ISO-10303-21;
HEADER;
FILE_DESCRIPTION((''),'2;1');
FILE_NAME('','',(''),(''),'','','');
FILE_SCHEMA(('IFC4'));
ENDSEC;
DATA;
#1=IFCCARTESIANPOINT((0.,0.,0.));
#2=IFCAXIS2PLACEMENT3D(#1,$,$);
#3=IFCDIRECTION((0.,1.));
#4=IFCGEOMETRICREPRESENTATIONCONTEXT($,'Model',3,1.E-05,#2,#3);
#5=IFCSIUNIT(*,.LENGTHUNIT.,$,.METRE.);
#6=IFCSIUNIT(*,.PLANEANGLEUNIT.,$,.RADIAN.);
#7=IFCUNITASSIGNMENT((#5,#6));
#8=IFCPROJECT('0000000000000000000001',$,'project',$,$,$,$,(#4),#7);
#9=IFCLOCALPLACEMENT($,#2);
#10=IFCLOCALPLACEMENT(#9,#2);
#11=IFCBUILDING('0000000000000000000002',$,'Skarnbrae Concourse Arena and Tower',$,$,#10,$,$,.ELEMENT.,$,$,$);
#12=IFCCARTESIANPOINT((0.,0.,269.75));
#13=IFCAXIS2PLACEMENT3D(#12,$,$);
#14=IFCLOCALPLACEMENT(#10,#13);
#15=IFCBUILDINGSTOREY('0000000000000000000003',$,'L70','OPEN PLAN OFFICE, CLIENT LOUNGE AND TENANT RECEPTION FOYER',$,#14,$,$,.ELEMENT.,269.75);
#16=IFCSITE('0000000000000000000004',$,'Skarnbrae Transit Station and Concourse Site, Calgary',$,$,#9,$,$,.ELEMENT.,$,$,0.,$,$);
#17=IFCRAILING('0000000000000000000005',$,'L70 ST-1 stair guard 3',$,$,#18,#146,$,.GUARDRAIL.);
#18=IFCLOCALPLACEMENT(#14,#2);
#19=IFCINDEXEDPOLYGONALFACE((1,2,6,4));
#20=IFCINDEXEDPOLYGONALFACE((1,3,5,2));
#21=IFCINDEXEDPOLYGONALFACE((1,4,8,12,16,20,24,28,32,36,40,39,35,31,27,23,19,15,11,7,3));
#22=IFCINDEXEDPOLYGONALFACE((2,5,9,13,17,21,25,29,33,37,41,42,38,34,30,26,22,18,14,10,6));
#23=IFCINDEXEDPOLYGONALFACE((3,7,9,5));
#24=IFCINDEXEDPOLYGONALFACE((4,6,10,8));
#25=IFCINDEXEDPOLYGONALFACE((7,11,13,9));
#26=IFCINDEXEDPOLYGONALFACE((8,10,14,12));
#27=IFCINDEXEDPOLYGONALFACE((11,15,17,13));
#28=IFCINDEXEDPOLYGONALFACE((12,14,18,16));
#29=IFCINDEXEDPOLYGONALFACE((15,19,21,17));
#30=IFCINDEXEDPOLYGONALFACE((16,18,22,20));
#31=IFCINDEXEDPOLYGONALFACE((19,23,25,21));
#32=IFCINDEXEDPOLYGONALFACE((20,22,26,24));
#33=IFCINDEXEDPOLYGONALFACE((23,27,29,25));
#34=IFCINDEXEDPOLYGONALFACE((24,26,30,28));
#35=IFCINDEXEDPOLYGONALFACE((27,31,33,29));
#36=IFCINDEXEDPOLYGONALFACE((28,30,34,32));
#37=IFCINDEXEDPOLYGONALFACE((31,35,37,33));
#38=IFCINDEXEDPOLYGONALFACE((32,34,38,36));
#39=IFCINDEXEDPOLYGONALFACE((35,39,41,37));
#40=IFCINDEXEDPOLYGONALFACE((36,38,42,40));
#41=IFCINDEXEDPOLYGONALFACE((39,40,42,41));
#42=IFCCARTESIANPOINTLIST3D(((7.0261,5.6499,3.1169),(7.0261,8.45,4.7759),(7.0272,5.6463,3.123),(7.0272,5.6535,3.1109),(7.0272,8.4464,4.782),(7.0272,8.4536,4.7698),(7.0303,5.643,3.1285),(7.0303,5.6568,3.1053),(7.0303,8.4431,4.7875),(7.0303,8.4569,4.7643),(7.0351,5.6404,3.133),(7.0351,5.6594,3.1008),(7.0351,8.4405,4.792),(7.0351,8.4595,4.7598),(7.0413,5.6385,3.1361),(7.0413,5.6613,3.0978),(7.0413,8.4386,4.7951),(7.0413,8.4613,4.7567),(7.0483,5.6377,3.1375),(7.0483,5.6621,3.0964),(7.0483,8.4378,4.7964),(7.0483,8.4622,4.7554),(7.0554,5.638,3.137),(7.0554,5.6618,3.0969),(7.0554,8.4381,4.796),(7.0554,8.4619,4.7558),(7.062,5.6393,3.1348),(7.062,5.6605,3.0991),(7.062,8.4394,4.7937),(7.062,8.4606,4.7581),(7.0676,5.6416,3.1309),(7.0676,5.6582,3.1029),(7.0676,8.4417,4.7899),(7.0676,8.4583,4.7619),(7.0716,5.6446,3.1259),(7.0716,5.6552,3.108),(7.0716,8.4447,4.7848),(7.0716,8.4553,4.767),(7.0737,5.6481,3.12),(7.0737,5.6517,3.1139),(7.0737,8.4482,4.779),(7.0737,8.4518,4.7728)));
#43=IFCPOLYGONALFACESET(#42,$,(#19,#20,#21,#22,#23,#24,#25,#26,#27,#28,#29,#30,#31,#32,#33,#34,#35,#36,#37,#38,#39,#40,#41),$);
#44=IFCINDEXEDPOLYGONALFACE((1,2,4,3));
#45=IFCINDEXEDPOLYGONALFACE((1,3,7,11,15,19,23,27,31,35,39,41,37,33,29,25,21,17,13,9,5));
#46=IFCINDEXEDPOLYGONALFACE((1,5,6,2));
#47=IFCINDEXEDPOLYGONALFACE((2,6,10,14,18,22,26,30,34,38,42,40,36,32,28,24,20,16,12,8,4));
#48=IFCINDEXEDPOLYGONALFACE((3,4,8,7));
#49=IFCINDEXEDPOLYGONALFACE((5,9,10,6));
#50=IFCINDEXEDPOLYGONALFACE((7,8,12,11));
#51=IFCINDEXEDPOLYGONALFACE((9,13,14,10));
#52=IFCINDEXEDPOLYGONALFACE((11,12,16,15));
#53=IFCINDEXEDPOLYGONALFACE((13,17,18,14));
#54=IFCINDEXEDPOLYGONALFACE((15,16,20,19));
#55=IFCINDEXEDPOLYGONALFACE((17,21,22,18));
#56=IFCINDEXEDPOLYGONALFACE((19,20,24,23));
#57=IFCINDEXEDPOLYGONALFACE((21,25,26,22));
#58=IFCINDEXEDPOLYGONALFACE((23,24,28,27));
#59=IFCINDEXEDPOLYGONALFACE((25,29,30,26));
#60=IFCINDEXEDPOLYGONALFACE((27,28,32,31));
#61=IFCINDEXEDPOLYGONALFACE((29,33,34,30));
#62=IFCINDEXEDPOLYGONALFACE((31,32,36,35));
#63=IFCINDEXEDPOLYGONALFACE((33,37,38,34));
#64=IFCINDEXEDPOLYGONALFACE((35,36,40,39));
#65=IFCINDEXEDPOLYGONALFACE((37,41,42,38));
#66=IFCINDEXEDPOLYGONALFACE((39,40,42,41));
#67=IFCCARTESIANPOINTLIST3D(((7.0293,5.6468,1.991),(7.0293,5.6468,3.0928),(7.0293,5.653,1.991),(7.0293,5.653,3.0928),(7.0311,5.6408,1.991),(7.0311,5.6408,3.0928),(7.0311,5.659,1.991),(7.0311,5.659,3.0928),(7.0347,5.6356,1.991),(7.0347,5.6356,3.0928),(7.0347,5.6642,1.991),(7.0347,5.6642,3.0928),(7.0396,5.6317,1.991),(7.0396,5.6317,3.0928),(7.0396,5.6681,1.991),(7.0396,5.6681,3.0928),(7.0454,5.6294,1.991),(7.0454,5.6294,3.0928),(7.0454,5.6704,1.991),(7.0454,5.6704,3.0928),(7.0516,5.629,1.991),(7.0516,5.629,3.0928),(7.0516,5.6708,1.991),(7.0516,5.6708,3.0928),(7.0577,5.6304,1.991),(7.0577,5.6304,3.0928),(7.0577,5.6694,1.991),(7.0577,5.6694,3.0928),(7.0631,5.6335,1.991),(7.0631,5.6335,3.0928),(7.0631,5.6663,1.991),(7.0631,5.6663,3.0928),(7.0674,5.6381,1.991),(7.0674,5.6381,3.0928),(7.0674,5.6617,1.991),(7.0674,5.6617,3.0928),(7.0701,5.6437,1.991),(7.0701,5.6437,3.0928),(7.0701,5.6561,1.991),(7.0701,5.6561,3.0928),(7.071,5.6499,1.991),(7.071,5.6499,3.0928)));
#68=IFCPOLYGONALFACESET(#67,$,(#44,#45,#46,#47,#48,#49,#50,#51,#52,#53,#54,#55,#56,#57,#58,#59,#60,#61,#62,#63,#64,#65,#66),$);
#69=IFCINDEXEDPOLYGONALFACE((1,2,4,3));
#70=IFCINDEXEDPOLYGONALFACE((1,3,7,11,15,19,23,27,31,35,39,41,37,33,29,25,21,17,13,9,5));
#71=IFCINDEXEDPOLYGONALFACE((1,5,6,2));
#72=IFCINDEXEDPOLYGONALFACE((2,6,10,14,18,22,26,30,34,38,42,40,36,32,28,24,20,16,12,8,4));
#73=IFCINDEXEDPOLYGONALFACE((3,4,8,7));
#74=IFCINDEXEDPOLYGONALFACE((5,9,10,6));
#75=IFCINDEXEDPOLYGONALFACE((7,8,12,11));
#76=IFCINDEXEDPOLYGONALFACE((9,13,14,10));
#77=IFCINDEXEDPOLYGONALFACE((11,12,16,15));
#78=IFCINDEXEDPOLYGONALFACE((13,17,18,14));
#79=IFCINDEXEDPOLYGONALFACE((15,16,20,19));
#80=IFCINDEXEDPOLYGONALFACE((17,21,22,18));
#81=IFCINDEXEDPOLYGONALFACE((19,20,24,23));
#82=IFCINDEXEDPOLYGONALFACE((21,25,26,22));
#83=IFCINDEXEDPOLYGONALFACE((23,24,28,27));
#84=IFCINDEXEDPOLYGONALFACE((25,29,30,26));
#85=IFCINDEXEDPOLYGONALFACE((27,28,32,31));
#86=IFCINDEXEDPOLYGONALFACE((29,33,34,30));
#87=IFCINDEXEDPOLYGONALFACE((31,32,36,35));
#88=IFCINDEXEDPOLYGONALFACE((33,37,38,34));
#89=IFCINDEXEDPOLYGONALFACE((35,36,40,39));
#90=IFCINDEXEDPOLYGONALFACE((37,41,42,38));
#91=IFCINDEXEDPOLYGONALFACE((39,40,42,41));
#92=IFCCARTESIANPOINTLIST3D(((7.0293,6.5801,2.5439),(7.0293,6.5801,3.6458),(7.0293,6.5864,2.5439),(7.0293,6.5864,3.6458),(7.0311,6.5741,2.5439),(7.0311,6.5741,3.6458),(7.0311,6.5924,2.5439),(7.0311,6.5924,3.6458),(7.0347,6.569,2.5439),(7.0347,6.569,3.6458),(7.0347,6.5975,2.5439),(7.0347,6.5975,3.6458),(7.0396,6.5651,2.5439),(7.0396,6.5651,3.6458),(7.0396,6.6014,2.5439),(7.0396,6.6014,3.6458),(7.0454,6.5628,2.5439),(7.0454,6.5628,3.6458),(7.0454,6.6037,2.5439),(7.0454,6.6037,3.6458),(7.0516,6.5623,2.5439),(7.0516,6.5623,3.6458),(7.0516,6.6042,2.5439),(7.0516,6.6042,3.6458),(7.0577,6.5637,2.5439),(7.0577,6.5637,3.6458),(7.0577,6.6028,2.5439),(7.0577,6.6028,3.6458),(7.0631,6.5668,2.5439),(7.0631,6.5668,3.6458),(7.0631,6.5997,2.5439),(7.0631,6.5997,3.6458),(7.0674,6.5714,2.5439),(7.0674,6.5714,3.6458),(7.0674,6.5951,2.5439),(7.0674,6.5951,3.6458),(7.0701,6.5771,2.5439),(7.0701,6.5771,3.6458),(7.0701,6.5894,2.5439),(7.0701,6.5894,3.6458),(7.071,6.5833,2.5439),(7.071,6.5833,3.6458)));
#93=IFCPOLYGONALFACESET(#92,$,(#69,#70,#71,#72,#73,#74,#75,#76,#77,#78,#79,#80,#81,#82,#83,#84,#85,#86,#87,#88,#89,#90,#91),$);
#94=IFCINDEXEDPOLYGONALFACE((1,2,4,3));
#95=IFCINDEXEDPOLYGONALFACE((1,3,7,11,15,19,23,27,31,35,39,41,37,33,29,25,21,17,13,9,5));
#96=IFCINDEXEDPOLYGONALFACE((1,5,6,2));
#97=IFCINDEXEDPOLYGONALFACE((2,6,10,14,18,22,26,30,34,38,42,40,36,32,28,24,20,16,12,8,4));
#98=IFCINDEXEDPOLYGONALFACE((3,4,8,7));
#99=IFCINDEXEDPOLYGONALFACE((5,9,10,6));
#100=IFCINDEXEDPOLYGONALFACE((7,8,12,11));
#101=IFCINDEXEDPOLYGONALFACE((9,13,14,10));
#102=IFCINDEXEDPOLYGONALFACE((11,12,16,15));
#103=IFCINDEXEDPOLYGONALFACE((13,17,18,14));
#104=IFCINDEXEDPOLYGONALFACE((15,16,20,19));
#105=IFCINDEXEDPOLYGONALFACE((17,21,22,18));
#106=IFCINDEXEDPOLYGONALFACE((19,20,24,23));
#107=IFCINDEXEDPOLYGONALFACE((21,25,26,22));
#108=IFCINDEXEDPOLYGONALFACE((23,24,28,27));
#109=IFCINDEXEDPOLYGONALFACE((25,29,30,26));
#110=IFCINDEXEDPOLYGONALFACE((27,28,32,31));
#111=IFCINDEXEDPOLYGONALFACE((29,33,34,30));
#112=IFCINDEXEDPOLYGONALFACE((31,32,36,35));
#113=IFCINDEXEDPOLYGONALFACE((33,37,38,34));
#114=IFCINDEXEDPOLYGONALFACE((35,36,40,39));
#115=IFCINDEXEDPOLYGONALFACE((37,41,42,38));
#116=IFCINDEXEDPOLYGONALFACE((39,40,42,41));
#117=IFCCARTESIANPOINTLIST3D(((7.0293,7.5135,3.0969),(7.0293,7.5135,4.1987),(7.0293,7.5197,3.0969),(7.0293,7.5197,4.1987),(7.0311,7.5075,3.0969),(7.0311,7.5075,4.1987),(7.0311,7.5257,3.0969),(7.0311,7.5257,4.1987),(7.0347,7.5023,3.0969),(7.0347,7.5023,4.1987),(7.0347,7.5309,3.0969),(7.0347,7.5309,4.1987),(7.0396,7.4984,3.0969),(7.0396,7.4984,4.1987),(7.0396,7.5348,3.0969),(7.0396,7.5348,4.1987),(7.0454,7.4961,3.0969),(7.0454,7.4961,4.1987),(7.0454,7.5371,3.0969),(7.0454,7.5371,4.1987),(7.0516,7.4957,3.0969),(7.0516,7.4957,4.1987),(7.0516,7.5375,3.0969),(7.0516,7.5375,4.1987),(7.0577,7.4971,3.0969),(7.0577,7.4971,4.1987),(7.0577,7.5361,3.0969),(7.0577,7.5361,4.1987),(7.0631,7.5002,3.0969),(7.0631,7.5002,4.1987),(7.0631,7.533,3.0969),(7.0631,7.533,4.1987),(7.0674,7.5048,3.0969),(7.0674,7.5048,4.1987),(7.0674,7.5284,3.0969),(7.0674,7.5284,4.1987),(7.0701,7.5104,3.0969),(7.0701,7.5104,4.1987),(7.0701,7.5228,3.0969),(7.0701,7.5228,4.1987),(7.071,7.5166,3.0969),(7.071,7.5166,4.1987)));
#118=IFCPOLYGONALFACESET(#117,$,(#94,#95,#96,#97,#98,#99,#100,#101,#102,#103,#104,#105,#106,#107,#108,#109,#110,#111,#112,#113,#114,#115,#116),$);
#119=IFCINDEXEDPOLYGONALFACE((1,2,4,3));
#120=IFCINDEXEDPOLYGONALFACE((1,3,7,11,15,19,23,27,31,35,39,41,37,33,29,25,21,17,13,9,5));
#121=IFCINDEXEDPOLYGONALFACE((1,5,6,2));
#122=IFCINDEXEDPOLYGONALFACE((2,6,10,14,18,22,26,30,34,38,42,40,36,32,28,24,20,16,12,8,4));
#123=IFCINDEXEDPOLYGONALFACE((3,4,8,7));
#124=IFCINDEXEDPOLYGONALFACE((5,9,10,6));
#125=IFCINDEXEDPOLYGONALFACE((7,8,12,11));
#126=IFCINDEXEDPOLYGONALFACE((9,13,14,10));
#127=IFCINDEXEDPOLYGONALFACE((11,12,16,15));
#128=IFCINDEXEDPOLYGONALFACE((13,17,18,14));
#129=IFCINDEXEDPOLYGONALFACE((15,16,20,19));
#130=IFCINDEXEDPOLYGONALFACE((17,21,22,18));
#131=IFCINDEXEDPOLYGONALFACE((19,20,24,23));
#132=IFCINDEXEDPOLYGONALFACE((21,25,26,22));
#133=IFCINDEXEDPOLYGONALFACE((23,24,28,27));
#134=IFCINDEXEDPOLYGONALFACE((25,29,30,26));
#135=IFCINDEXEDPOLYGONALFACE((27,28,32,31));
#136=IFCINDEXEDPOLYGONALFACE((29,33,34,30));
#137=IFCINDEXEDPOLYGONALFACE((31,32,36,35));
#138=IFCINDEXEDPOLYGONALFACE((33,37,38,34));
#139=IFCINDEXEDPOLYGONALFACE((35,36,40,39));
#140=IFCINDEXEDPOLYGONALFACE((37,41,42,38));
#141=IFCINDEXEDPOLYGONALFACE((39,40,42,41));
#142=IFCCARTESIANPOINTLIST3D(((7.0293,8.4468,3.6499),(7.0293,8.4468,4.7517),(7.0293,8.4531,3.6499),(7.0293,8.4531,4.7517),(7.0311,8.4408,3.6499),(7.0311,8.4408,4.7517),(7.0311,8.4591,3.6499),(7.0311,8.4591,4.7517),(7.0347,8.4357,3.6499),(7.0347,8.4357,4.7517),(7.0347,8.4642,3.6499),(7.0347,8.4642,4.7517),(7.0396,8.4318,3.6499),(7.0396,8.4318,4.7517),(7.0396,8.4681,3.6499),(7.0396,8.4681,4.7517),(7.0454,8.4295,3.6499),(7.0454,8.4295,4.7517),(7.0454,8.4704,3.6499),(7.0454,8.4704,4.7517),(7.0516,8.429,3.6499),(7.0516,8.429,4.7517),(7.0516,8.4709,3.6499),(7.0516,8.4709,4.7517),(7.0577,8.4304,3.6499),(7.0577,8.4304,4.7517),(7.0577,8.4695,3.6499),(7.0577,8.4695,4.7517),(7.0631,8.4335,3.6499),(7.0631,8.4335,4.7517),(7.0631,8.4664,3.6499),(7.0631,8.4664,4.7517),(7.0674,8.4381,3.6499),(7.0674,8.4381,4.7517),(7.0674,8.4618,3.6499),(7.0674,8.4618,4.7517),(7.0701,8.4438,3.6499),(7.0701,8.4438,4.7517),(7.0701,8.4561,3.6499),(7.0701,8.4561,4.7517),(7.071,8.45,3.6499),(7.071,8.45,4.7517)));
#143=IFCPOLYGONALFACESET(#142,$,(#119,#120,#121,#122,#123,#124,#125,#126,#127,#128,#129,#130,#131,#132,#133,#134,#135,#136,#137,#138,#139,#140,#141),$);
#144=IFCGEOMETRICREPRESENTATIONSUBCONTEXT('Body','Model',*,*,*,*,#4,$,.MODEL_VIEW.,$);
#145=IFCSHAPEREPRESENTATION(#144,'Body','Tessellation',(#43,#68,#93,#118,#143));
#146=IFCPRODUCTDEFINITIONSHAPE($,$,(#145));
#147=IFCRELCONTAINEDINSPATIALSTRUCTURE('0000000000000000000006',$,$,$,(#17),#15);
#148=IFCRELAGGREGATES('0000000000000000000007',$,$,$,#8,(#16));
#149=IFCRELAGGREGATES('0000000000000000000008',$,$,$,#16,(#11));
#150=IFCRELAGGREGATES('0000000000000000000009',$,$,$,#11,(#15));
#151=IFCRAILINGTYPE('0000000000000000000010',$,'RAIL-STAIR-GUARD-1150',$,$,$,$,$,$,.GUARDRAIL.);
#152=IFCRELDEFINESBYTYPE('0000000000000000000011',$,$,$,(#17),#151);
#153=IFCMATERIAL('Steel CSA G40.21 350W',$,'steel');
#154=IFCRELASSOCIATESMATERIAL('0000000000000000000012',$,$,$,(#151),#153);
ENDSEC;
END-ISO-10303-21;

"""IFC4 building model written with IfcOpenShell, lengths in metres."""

from ifc_helpers import new_model, si_unit, direction, frame, origin, origin_2d, place, context, subcontext, project, spatial, circle, extrude, material, type_object, element, save


model = new_model("IFC4")

# Units and contexts
model_context = context("Model", 3, precision=1e-05, world=origin(), true_north=direction((0.0, 1.0)))
body_context = subcontext(model_context, "Body", "Model", "MODEL_VIEW")
ifc_project = project(units=[si_unit("LENGTHUNIT", "METRE"), si_unit("PLANEANGLEUNIT", "RADIAN")], contexts=[model_context])

# Site, building, storey
site_placement = place(None, origin())
site = spatial("IfcSite", under=ifc_project, at=site_placement, Name="Skarnbrae Transit Station and Concourse Site, Calgary", CompositionType="ELEMENT", RefElevation=0.0)
building_placement = place(site_placement, origin())
building = spatial("IfcBuilding", under=site, at=building_placement, Name="Skarnbrae Concourse Arena and Tower", CompositionType="ELEMENT")
storey_placement = place(building_placement, frame((0.0, 0.0, 269.75)))
storey = spatial("IfcBuildingStorey", under=building, at=storey_placement, Name="L70", Description="OPEN PLAN OFFICE, CLIENT LOUNGE AND TENANT RECEPTION FOYER", CompositionType="ELEMENT", Elevation=269.75)

# Shared definitions
ifc_material_1 = material(Name="Steel CSA G40.21 350W", Category="steel")

# Railing
railing_type_1 = type_object("IfcRailingType", Name="RAIL-STAIR-GUARD-1150", PredefinedType="GUARDRAIL", material=ifc_material_1)
railing_1_placement = place(storey_placement, frame((7.05, 5.6499, 1.991)))
element("IfcRailing", 1, at=railing_1_placement, inside=storey, type_object=railing_type_1, Name="L70 ST-1 stair guard 3", PredefinedType="GUARDRAIL", context=body_context, shape_type="SweptSolid", body=[
    extrude(circle(Radius=0.0239, at=origin_2d()), frame((0.0, 0.0, 1.126), z_axis=(0.0, 0.860339, 0.509722), x_axis=(-1.0, 0.0, 0.0)), (0.0, 0.0, 1.0), 3.2546),
    extrude(circle(Radius=0.021, at=origin_2d()), origin(), (0.0, 0.0, 1.0), 1.1018),
    extrude(circle(Radius=0.021, at=origin_2d()), frame((0.0, 0.9333, 0.553)), (0.0, 0.0, 1.0), 1.1018),
    extrude(circle(Radius=0.021, at=origin_2d()), frame((0.0, 1.8667, 1.106)), (0.0, 0.0, 1.0), 1.1018),
    extrude(circle(Radius=0.021, at=origin_2d()), frame((0.0, 2.8, 1.6589)), (0.0, 0.0, 1.0), 1.1018),
])

save(model, "model.ifc")
